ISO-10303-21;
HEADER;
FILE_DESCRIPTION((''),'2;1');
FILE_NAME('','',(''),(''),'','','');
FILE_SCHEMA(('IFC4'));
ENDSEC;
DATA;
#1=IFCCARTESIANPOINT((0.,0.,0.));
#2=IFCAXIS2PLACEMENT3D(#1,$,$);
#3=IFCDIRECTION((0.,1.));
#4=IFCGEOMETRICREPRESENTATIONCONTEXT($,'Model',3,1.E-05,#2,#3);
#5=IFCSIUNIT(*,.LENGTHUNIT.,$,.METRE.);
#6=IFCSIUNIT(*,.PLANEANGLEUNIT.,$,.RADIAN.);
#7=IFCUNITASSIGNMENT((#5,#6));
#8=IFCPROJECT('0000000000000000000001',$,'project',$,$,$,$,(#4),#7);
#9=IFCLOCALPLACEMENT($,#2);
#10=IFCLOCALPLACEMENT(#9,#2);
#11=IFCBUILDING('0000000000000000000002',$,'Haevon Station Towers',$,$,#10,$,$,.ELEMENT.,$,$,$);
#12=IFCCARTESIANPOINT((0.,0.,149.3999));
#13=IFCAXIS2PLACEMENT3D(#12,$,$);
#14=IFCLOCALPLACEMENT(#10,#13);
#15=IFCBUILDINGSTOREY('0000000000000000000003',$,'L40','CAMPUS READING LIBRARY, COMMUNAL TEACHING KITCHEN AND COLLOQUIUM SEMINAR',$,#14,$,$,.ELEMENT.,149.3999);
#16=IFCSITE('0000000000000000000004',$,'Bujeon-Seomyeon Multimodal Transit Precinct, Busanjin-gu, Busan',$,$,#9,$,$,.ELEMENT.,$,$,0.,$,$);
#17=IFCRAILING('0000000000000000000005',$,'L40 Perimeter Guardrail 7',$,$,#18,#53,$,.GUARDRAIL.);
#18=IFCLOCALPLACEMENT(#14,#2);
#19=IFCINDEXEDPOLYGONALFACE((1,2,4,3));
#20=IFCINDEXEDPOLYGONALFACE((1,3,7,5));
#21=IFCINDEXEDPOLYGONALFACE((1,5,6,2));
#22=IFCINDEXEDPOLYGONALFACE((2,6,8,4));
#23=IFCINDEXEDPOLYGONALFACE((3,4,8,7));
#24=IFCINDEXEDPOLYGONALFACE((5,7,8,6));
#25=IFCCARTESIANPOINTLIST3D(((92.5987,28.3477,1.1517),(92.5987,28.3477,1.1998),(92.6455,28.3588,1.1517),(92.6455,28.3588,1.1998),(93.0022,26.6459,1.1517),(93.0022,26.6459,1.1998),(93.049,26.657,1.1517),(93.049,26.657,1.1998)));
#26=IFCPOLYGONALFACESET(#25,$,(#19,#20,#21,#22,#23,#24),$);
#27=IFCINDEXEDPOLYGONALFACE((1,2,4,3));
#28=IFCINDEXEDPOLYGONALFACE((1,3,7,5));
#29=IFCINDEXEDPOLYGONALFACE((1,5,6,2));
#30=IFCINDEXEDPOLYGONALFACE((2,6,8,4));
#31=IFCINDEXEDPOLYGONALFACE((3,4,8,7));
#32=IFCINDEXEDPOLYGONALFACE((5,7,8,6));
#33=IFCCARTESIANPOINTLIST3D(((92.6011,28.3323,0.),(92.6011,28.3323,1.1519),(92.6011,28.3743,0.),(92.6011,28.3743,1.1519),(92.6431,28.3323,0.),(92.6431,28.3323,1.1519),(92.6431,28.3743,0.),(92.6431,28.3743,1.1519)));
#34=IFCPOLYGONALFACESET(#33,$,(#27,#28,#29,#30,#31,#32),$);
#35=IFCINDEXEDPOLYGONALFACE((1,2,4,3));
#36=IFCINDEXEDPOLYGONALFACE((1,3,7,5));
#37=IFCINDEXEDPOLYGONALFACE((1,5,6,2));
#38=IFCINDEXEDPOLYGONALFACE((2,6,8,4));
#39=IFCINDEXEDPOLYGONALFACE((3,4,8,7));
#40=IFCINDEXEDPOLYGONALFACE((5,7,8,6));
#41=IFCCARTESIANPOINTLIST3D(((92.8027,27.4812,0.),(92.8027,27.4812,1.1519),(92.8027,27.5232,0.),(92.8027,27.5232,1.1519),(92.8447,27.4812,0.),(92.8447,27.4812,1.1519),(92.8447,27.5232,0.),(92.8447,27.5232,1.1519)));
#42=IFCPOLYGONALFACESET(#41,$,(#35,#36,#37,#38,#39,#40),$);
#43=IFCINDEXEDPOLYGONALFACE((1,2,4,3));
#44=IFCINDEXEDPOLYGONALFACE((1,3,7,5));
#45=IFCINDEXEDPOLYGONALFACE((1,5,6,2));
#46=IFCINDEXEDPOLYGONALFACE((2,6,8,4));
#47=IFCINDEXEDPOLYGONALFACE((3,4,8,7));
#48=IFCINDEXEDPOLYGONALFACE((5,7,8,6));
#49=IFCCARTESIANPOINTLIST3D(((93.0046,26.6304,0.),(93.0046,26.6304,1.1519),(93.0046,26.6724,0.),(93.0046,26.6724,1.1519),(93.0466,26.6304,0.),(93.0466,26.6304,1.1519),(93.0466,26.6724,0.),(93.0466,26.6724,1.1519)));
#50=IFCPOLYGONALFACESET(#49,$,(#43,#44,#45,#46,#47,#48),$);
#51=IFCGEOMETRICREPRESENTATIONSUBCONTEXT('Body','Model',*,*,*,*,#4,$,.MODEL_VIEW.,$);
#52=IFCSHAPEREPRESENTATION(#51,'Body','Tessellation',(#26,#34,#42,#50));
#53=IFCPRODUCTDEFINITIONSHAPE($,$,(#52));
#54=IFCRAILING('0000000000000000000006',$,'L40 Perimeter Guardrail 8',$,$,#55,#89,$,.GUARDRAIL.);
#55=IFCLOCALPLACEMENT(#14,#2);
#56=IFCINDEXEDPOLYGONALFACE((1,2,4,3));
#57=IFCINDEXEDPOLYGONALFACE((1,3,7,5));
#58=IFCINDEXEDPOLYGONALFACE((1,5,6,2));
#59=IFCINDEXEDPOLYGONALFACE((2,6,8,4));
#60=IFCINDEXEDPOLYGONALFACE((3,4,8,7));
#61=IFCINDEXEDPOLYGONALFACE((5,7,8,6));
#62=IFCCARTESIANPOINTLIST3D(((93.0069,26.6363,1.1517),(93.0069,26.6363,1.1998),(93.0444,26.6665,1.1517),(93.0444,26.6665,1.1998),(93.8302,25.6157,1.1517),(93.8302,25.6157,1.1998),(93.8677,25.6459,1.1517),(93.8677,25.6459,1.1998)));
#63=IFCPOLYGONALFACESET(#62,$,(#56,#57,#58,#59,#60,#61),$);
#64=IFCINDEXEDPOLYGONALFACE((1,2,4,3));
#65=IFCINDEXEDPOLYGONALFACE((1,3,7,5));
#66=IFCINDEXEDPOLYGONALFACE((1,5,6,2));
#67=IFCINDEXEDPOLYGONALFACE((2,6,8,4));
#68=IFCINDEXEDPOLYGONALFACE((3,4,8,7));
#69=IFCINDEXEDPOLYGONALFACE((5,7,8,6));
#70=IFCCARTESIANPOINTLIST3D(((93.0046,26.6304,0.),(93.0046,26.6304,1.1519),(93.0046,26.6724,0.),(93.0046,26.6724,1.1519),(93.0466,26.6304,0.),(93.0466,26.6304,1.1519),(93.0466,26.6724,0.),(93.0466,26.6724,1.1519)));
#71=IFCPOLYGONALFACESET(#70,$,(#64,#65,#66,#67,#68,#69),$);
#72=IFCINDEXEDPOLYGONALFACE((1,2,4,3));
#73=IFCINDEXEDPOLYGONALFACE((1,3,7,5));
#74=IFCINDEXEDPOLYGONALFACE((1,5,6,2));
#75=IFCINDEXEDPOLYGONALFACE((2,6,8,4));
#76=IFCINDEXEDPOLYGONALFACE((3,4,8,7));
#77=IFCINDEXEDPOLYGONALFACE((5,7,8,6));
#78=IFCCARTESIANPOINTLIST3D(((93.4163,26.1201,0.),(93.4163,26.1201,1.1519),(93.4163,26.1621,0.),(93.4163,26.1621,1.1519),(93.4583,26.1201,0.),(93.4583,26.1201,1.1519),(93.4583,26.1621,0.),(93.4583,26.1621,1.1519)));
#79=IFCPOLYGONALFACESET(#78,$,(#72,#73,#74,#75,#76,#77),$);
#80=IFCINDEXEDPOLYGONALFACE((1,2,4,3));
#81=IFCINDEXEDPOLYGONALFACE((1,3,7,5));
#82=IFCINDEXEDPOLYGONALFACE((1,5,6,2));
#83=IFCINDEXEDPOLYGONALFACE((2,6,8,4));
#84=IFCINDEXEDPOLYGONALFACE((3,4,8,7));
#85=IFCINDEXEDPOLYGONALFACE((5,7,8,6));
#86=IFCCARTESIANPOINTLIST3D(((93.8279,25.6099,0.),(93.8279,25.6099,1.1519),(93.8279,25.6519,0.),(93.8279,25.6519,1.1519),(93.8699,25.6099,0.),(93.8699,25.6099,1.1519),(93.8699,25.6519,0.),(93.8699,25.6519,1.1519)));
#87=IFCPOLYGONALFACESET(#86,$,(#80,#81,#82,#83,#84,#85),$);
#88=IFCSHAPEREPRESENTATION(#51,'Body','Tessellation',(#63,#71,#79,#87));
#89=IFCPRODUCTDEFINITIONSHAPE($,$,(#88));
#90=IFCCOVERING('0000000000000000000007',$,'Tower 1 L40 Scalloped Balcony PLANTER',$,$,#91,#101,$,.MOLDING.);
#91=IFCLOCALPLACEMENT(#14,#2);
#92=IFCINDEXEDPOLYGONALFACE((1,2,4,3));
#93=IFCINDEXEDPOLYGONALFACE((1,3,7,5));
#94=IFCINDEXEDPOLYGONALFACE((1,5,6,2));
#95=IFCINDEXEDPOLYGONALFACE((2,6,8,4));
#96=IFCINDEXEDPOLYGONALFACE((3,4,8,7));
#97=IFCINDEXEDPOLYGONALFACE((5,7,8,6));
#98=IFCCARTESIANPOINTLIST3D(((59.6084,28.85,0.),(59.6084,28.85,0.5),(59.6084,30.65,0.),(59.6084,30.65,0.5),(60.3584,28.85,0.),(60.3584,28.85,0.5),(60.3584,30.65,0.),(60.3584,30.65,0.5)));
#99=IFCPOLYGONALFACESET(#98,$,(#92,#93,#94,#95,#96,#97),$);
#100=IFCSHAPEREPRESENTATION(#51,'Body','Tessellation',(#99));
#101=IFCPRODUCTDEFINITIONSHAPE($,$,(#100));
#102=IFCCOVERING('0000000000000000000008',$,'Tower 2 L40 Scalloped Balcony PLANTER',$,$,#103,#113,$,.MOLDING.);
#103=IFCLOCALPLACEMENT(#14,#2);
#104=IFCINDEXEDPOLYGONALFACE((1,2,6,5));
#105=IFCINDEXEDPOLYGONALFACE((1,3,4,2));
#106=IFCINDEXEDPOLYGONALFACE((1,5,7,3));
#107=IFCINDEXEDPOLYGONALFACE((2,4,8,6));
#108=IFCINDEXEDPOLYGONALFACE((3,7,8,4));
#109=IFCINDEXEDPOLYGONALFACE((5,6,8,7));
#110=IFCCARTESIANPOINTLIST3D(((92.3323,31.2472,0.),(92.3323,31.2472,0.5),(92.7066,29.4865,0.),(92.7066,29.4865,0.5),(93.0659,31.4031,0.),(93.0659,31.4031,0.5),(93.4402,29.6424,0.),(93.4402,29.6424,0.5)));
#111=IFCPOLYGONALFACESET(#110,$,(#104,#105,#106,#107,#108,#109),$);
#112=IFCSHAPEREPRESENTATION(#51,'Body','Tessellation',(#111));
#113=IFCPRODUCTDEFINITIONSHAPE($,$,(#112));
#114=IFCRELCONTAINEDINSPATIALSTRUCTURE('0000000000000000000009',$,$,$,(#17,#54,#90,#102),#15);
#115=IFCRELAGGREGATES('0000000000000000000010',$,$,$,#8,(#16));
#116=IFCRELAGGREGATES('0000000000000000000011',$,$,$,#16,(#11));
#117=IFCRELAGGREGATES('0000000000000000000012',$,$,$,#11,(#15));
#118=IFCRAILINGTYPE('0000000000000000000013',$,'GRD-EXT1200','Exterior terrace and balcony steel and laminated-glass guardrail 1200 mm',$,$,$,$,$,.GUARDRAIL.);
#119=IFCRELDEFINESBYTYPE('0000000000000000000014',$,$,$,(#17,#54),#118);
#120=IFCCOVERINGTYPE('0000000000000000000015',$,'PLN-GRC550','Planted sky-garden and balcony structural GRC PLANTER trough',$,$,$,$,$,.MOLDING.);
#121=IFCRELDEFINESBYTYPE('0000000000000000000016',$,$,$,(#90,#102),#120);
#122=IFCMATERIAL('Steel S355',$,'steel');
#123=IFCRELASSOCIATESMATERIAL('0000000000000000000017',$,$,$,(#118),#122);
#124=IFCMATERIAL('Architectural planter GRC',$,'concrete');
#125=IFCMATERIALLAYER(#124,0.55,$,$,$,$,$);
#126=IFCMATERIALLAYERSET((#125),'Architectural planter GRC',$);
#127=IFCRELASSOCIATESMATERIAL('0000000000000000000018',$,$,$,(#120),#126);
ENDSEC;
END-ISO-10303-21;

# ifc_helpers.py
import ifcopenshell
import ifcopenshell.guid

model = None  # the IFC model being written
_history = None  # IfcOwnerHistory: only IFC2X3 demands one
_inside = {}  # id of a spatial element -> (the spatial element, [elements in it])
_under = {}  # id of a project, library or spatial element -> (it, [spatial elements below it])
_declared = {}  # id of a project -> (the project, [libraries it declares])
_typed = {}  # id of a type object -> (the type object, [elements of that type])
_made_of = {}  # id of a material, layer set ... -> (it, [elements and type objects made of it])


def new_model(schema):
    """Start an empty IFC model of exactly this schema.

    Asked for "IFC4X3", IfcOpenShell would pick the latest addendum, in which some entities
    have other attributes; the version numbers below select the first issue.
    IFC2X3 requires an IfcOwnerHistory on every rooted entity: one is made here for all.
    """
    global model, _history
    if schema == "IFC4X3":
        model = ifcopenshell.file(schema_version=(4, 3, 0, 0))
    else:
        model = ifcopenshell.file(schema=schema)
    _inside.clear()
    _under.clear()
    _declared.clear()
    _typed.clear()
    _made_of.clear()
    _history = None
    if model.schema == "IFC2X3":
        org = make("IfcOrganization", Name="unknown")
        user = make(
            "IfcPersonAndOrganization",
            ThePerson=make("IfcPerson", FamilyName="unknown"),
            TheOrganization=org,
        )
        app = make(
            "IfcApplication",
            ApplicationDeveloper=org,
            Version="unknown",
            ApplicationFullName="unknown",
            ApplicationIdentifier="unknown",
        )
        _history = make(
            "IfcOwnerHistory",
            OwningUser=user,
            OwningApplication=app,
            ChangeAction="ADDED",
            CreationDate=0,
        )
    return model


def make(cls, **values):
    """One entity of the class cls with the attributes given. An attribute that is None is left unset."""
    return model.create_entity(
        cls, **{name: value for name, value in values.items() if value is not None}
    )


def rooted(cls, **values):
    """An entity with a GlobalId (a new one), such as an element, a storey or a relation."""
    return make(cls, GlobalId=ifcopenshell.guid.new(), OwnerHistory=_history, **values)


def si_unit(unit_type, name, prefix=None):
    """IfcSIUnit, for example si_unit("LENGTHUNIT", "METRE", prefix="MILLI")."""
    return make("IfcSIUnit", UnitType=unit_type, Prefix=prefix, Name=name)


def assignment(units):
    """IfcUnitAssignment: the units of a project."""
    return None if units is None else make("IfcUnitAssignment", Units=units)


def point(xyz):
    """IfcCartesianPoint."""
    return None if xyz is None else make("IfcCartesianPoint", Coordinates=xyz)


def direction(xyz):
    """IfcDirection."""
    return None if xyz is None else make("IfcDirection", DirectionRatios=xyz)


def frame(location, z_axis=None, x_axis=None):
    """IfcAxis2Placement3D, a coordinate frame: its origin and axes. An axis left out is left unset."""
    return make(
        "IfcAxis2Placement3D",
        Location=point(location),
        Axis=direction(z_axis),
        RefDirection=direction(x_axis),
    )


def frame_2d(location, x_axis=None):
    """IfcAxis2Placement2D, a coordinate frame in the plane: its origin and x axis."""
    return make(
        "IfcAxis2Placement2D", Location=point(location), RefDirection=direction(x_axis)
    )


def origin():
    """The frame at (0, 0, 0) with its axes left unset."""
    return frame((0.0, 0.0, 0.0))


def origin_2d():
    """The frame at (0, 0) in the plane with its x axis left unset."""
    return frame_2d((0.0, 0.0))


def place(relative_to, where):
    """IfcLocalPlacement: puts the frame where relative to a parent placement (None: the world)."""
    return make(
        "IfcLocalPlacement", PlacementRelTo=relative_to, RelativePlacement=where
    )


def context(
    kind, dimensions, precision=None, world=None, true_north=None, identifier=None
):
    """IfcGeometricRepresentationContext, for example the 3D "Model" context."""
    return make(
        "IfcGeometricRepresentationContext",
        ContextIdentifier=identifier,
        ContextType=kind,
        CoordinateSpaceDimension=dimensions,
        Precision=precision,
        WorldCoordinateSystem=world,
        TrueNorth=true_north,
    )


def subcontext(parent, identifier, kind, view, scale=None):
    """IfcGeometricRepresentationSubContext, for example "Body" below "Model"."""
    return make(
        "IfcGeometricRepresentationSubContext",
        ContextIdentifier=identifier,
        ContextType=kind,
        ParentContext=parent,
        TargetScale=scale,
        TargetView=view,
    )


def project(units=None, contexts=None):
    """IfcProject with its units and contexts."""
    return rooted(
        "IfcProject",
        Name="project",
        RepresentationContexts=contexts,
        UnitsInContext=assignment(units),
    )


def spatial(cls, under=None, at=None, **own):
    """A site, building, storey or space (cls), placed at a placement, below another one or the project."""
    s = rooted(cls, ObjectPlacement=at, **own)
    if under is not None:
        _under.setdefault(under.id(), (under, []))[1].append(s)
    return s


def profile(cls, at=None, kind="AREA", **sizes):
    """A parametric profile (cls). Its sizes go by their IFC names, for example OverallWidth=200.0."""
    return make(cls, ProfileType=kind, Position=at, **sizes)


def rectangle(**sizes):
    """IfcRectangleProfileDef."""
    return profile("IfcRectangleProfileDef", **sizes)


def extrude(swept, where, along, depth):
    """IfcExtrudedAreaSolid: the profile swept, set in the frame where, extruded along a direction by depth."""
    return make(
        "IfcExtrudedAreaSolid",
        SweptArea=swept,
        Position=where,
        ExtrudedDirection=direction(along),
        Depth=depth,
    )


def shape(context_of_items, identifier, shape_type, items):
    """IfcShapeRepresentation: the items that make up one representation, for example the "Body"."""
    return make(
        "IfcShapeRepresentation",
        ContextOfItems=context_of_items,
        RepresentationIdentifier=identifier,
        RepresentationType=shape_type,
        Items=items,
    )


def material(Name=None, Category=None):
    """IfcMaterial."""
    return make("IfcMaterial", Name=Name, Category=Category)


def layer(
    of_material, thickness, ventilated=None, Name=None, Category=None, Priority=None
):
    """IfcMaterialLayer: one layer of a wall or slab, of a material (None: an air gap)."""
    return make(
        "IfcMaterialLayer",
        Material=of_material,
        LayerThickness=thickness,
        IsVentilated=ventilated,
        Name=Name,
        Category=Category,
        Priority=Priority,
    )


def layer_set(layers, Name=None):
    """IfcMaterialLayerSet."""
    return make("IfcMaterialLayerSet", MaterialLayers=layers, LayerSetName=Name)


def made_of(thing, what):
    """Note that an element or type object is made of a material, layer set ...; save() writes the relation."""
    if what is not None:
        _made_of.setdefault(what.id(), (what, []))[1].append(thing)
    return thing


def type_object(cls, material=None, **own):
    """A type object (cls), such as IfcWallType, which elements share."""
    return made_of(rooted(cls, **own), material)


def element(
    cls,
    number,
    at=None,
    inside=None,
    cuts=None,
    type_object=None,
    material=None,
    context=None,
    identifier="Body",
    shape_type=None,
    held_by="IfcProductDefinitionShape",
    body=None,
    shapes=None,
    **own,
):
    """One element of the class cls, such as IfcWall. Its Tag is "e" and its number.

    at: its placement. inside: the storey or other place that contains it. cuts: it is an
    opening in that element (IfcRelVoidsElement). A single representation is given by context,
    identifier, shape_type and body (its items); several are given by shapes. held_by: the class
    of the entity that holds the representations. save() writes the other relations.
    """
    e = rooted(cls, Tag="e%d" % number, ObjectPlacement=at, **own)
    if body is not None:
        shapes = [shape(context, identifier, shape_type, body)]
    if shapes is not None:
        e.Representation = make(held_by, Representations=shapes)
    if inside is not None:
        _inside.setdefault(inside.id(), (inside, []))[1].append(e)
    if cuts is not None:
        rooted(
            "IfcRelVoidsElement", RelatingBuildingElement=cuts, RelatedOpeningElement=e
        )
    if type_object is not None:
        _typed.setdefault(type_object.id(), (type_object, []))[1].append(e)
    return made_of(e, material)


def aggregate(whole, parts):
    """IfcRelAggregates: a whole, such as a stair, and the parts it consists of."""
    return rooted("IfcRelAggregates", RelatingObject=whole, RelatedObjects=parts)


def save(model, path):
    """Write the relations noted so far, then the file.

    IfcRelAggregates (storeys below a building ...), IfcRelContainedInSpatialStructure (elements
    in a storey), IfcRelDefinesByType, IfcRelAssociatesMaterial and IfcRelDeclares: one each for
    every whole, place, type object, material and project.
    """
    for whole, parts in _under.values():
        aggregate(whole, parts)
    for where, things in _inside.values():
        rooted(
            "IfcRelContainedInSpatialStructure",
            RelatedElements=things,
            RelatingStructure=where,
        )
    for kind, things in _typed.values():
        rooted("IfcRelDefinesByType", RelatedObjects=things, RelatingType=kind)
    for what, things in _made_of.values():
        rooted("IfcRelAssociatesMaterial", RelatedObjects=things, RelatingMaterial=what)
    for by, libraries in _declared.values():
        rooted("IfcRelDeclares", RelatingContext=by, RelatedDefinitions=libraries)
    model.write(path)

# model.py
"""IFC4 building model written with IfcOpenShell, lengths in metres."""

from ifc_helpers import new_model, si_unit, direction, frame, origin, origin_2d, place, context, subcontext, project, spatial, rectangle, extrude, material, layer, layer_set, type_object, element, save


model = new_model("IFC4")

# Units and contexts
model_context = context("Model", 3, precision=1e-05, world=origin(), true_north=direction((0.0, 1.0)))
body_context = subcontext(model_context, "Body", "Model", "MODEL_VIEW")
ifc_project = project(units=[si_unit("LENGTHUNIT", "METRE"), si_unit("PLANEANGLEUNIT", "RADIAN")], contexts=[model_context])

# Site, building, storey
site_placement = place(None, origin())
site = spatial("IfcSite", under=ifc_project, at=site_placement, Name="Bujeon-Seomyeon Multimodal Transit Precinct, Busanjin-gu, Busan", CompositionType="ELEMENT", RefElevation=0.0)
building_placement = place(site_placement, origin())
building = spatial("IfcBuilding", under=site, at=building_placement, Name="Haevon Station Towers", CompositionType="ELEMENT")
storey_placement = place(building_placement, frame((0.0, 0.0, 149.3999)))
storey = spatial("IfcBuildingStorey", under=building, at=storey_placement, Name="L40", Description="CAMPUS READING LIBRARY, COMMUNAL TEACHING KITCHEN AND COLLOQUIUM SEMINAR", CompositionType="ELEMENT", Elevation=149.3999)

# Shared definitions
ifc_material_1 = material(Name="Steel S355", Category="steel")

# Railings
railing_type = type_object("IfcRailingType", Name="GRD-EXT1200", Description="Exterior terrace and balcony steel and laminated-glass guardrail 1200 mm", PredefinedType="GUARDRAIL", material=ifc_material_1)
railing_1_placement = place(storey_placement, frame((92.6221, 28.3533, 0.0)))
element("IfcRailing", 1, at=railing_1_placement, inside=storey, type_object=railing_type, Name="L40 Perimeter Guardrail 7", PredefinedType="GUARDRAIL", context=body_context, shape_type="SweptSolid", body=[
    extrude(rectangle(XDim=0.0481, YDim=0.0481, at=origin_2d()), frame((0.0, 0.0, 1.1758), z_axis=(0.230727, -0.973018, 0.0), x_axis=(0.973018, 0.230727, 0.0)), (0.0, 0.0, 1.0), 1.749),
    extrude(rectangle(XDim=0.042, YDim=0.042, at=origin_2d()), origin(), (0.0, 0.0, 1.0), 1.1519),
    extrude(rectangle(XDim=0.042, YDim=0.042, at=origin_2d()), frame((0.2017, -0.8511, 0.0)), (0.0, 0.0, 1.0), 1.1519),
    extrude(rectangle(XDim=0.042, YDim=0.042, at=origin_2d()), frame((0.4036, -1.7019, 0.0)), (0.0, 0.0, 1.0), 1.1519),
])
railing_2_placement = place(storey_placement, frame((93.0256, 26.6514, 0.0)))
element("IfcRailing", 2, at=railing_2_placement, inside=storey, type_object=railing_type, Name="L40 Perimeter Guardrail 8", PredefinedType="GUARDRAIL", context=body_context, shape_type="SweptSolid", body=[
    extrude(rectangle(XDim=0.0481, YDim=0.0481, at=origin_2d()), frame((0.0, 0.0, 1.1758), z_axis=(0.627869, -0.778319, 0.0), x_axis=(0.778319, 0.627869, 0.0)), (0.0, 0.0, 1.0), 1.3113),
    extrude(rectangle(XDim=0.042, YDim=0.042, at=origin_2d()), origin(), (0.0, 0.0, 1.0), 1.1519),
    extrude(rectangle(XDim=0.042, YDim=0.042, at=origin_2d()), frame((0.4116, -0.5103, 0.0)), (0.0, 0.0, 1.0), 1.1519),
    extrude(rectangle(XDim=0.042, YDim=0.042, at=origin_2d()), frame((0.8232, -1.0205, 0.0)), (0.0, 0.0, 1.0), 1.1519),
])

# Coverings
ifc_material_2 = material(Name="Architectural planter GRC", Category="concrete")
ifc_layer_1 = layer(ifc_material_2, 0.55)
ifc_layer_set_1 = layer_set([ifc_layer_1], Name="Architectural planter GRC")
covering_type = type_object("IfcCoveringType", Name="PLN-GRC550", Description="Planted sky-garden and balcony structural GRC PLANTER trough", PredefinedType="MOLDING", material=ifc_layer_set_1)
for number, where, z_axis, x_axis, name in (
    (3, (59.9834, 29.75, 0.0), (0.0, 0.0, 1.0), (1.0, 0.0, 0.0), "Tower 1 L40 Scalloped Balcony PLANTER"),
    (4, (92.8862, 30.4448, 0.0), (0.0, 0.0, 1.0), (0.978148, 0.207912, 0.0), "Tower 2 L40 Scalloped Balcony PLANTER"),
):
    element("IfcCovering", number, at=place(storey_placement, frame(where, z_axis=z_axis, x_axis=x_axis)), inside=storey, type_object=covering_type, Name=name, PredefinedType="MOLDING", context=body_context, shape_type="SweptSolid", body=[
        extrude(rectangle(XDim=0.75, YDim=1.8, at=origin_2d()), origin(), (0.0, 0.0, 1.0), 0.5),
    ])

save(model, "model.ifc")
